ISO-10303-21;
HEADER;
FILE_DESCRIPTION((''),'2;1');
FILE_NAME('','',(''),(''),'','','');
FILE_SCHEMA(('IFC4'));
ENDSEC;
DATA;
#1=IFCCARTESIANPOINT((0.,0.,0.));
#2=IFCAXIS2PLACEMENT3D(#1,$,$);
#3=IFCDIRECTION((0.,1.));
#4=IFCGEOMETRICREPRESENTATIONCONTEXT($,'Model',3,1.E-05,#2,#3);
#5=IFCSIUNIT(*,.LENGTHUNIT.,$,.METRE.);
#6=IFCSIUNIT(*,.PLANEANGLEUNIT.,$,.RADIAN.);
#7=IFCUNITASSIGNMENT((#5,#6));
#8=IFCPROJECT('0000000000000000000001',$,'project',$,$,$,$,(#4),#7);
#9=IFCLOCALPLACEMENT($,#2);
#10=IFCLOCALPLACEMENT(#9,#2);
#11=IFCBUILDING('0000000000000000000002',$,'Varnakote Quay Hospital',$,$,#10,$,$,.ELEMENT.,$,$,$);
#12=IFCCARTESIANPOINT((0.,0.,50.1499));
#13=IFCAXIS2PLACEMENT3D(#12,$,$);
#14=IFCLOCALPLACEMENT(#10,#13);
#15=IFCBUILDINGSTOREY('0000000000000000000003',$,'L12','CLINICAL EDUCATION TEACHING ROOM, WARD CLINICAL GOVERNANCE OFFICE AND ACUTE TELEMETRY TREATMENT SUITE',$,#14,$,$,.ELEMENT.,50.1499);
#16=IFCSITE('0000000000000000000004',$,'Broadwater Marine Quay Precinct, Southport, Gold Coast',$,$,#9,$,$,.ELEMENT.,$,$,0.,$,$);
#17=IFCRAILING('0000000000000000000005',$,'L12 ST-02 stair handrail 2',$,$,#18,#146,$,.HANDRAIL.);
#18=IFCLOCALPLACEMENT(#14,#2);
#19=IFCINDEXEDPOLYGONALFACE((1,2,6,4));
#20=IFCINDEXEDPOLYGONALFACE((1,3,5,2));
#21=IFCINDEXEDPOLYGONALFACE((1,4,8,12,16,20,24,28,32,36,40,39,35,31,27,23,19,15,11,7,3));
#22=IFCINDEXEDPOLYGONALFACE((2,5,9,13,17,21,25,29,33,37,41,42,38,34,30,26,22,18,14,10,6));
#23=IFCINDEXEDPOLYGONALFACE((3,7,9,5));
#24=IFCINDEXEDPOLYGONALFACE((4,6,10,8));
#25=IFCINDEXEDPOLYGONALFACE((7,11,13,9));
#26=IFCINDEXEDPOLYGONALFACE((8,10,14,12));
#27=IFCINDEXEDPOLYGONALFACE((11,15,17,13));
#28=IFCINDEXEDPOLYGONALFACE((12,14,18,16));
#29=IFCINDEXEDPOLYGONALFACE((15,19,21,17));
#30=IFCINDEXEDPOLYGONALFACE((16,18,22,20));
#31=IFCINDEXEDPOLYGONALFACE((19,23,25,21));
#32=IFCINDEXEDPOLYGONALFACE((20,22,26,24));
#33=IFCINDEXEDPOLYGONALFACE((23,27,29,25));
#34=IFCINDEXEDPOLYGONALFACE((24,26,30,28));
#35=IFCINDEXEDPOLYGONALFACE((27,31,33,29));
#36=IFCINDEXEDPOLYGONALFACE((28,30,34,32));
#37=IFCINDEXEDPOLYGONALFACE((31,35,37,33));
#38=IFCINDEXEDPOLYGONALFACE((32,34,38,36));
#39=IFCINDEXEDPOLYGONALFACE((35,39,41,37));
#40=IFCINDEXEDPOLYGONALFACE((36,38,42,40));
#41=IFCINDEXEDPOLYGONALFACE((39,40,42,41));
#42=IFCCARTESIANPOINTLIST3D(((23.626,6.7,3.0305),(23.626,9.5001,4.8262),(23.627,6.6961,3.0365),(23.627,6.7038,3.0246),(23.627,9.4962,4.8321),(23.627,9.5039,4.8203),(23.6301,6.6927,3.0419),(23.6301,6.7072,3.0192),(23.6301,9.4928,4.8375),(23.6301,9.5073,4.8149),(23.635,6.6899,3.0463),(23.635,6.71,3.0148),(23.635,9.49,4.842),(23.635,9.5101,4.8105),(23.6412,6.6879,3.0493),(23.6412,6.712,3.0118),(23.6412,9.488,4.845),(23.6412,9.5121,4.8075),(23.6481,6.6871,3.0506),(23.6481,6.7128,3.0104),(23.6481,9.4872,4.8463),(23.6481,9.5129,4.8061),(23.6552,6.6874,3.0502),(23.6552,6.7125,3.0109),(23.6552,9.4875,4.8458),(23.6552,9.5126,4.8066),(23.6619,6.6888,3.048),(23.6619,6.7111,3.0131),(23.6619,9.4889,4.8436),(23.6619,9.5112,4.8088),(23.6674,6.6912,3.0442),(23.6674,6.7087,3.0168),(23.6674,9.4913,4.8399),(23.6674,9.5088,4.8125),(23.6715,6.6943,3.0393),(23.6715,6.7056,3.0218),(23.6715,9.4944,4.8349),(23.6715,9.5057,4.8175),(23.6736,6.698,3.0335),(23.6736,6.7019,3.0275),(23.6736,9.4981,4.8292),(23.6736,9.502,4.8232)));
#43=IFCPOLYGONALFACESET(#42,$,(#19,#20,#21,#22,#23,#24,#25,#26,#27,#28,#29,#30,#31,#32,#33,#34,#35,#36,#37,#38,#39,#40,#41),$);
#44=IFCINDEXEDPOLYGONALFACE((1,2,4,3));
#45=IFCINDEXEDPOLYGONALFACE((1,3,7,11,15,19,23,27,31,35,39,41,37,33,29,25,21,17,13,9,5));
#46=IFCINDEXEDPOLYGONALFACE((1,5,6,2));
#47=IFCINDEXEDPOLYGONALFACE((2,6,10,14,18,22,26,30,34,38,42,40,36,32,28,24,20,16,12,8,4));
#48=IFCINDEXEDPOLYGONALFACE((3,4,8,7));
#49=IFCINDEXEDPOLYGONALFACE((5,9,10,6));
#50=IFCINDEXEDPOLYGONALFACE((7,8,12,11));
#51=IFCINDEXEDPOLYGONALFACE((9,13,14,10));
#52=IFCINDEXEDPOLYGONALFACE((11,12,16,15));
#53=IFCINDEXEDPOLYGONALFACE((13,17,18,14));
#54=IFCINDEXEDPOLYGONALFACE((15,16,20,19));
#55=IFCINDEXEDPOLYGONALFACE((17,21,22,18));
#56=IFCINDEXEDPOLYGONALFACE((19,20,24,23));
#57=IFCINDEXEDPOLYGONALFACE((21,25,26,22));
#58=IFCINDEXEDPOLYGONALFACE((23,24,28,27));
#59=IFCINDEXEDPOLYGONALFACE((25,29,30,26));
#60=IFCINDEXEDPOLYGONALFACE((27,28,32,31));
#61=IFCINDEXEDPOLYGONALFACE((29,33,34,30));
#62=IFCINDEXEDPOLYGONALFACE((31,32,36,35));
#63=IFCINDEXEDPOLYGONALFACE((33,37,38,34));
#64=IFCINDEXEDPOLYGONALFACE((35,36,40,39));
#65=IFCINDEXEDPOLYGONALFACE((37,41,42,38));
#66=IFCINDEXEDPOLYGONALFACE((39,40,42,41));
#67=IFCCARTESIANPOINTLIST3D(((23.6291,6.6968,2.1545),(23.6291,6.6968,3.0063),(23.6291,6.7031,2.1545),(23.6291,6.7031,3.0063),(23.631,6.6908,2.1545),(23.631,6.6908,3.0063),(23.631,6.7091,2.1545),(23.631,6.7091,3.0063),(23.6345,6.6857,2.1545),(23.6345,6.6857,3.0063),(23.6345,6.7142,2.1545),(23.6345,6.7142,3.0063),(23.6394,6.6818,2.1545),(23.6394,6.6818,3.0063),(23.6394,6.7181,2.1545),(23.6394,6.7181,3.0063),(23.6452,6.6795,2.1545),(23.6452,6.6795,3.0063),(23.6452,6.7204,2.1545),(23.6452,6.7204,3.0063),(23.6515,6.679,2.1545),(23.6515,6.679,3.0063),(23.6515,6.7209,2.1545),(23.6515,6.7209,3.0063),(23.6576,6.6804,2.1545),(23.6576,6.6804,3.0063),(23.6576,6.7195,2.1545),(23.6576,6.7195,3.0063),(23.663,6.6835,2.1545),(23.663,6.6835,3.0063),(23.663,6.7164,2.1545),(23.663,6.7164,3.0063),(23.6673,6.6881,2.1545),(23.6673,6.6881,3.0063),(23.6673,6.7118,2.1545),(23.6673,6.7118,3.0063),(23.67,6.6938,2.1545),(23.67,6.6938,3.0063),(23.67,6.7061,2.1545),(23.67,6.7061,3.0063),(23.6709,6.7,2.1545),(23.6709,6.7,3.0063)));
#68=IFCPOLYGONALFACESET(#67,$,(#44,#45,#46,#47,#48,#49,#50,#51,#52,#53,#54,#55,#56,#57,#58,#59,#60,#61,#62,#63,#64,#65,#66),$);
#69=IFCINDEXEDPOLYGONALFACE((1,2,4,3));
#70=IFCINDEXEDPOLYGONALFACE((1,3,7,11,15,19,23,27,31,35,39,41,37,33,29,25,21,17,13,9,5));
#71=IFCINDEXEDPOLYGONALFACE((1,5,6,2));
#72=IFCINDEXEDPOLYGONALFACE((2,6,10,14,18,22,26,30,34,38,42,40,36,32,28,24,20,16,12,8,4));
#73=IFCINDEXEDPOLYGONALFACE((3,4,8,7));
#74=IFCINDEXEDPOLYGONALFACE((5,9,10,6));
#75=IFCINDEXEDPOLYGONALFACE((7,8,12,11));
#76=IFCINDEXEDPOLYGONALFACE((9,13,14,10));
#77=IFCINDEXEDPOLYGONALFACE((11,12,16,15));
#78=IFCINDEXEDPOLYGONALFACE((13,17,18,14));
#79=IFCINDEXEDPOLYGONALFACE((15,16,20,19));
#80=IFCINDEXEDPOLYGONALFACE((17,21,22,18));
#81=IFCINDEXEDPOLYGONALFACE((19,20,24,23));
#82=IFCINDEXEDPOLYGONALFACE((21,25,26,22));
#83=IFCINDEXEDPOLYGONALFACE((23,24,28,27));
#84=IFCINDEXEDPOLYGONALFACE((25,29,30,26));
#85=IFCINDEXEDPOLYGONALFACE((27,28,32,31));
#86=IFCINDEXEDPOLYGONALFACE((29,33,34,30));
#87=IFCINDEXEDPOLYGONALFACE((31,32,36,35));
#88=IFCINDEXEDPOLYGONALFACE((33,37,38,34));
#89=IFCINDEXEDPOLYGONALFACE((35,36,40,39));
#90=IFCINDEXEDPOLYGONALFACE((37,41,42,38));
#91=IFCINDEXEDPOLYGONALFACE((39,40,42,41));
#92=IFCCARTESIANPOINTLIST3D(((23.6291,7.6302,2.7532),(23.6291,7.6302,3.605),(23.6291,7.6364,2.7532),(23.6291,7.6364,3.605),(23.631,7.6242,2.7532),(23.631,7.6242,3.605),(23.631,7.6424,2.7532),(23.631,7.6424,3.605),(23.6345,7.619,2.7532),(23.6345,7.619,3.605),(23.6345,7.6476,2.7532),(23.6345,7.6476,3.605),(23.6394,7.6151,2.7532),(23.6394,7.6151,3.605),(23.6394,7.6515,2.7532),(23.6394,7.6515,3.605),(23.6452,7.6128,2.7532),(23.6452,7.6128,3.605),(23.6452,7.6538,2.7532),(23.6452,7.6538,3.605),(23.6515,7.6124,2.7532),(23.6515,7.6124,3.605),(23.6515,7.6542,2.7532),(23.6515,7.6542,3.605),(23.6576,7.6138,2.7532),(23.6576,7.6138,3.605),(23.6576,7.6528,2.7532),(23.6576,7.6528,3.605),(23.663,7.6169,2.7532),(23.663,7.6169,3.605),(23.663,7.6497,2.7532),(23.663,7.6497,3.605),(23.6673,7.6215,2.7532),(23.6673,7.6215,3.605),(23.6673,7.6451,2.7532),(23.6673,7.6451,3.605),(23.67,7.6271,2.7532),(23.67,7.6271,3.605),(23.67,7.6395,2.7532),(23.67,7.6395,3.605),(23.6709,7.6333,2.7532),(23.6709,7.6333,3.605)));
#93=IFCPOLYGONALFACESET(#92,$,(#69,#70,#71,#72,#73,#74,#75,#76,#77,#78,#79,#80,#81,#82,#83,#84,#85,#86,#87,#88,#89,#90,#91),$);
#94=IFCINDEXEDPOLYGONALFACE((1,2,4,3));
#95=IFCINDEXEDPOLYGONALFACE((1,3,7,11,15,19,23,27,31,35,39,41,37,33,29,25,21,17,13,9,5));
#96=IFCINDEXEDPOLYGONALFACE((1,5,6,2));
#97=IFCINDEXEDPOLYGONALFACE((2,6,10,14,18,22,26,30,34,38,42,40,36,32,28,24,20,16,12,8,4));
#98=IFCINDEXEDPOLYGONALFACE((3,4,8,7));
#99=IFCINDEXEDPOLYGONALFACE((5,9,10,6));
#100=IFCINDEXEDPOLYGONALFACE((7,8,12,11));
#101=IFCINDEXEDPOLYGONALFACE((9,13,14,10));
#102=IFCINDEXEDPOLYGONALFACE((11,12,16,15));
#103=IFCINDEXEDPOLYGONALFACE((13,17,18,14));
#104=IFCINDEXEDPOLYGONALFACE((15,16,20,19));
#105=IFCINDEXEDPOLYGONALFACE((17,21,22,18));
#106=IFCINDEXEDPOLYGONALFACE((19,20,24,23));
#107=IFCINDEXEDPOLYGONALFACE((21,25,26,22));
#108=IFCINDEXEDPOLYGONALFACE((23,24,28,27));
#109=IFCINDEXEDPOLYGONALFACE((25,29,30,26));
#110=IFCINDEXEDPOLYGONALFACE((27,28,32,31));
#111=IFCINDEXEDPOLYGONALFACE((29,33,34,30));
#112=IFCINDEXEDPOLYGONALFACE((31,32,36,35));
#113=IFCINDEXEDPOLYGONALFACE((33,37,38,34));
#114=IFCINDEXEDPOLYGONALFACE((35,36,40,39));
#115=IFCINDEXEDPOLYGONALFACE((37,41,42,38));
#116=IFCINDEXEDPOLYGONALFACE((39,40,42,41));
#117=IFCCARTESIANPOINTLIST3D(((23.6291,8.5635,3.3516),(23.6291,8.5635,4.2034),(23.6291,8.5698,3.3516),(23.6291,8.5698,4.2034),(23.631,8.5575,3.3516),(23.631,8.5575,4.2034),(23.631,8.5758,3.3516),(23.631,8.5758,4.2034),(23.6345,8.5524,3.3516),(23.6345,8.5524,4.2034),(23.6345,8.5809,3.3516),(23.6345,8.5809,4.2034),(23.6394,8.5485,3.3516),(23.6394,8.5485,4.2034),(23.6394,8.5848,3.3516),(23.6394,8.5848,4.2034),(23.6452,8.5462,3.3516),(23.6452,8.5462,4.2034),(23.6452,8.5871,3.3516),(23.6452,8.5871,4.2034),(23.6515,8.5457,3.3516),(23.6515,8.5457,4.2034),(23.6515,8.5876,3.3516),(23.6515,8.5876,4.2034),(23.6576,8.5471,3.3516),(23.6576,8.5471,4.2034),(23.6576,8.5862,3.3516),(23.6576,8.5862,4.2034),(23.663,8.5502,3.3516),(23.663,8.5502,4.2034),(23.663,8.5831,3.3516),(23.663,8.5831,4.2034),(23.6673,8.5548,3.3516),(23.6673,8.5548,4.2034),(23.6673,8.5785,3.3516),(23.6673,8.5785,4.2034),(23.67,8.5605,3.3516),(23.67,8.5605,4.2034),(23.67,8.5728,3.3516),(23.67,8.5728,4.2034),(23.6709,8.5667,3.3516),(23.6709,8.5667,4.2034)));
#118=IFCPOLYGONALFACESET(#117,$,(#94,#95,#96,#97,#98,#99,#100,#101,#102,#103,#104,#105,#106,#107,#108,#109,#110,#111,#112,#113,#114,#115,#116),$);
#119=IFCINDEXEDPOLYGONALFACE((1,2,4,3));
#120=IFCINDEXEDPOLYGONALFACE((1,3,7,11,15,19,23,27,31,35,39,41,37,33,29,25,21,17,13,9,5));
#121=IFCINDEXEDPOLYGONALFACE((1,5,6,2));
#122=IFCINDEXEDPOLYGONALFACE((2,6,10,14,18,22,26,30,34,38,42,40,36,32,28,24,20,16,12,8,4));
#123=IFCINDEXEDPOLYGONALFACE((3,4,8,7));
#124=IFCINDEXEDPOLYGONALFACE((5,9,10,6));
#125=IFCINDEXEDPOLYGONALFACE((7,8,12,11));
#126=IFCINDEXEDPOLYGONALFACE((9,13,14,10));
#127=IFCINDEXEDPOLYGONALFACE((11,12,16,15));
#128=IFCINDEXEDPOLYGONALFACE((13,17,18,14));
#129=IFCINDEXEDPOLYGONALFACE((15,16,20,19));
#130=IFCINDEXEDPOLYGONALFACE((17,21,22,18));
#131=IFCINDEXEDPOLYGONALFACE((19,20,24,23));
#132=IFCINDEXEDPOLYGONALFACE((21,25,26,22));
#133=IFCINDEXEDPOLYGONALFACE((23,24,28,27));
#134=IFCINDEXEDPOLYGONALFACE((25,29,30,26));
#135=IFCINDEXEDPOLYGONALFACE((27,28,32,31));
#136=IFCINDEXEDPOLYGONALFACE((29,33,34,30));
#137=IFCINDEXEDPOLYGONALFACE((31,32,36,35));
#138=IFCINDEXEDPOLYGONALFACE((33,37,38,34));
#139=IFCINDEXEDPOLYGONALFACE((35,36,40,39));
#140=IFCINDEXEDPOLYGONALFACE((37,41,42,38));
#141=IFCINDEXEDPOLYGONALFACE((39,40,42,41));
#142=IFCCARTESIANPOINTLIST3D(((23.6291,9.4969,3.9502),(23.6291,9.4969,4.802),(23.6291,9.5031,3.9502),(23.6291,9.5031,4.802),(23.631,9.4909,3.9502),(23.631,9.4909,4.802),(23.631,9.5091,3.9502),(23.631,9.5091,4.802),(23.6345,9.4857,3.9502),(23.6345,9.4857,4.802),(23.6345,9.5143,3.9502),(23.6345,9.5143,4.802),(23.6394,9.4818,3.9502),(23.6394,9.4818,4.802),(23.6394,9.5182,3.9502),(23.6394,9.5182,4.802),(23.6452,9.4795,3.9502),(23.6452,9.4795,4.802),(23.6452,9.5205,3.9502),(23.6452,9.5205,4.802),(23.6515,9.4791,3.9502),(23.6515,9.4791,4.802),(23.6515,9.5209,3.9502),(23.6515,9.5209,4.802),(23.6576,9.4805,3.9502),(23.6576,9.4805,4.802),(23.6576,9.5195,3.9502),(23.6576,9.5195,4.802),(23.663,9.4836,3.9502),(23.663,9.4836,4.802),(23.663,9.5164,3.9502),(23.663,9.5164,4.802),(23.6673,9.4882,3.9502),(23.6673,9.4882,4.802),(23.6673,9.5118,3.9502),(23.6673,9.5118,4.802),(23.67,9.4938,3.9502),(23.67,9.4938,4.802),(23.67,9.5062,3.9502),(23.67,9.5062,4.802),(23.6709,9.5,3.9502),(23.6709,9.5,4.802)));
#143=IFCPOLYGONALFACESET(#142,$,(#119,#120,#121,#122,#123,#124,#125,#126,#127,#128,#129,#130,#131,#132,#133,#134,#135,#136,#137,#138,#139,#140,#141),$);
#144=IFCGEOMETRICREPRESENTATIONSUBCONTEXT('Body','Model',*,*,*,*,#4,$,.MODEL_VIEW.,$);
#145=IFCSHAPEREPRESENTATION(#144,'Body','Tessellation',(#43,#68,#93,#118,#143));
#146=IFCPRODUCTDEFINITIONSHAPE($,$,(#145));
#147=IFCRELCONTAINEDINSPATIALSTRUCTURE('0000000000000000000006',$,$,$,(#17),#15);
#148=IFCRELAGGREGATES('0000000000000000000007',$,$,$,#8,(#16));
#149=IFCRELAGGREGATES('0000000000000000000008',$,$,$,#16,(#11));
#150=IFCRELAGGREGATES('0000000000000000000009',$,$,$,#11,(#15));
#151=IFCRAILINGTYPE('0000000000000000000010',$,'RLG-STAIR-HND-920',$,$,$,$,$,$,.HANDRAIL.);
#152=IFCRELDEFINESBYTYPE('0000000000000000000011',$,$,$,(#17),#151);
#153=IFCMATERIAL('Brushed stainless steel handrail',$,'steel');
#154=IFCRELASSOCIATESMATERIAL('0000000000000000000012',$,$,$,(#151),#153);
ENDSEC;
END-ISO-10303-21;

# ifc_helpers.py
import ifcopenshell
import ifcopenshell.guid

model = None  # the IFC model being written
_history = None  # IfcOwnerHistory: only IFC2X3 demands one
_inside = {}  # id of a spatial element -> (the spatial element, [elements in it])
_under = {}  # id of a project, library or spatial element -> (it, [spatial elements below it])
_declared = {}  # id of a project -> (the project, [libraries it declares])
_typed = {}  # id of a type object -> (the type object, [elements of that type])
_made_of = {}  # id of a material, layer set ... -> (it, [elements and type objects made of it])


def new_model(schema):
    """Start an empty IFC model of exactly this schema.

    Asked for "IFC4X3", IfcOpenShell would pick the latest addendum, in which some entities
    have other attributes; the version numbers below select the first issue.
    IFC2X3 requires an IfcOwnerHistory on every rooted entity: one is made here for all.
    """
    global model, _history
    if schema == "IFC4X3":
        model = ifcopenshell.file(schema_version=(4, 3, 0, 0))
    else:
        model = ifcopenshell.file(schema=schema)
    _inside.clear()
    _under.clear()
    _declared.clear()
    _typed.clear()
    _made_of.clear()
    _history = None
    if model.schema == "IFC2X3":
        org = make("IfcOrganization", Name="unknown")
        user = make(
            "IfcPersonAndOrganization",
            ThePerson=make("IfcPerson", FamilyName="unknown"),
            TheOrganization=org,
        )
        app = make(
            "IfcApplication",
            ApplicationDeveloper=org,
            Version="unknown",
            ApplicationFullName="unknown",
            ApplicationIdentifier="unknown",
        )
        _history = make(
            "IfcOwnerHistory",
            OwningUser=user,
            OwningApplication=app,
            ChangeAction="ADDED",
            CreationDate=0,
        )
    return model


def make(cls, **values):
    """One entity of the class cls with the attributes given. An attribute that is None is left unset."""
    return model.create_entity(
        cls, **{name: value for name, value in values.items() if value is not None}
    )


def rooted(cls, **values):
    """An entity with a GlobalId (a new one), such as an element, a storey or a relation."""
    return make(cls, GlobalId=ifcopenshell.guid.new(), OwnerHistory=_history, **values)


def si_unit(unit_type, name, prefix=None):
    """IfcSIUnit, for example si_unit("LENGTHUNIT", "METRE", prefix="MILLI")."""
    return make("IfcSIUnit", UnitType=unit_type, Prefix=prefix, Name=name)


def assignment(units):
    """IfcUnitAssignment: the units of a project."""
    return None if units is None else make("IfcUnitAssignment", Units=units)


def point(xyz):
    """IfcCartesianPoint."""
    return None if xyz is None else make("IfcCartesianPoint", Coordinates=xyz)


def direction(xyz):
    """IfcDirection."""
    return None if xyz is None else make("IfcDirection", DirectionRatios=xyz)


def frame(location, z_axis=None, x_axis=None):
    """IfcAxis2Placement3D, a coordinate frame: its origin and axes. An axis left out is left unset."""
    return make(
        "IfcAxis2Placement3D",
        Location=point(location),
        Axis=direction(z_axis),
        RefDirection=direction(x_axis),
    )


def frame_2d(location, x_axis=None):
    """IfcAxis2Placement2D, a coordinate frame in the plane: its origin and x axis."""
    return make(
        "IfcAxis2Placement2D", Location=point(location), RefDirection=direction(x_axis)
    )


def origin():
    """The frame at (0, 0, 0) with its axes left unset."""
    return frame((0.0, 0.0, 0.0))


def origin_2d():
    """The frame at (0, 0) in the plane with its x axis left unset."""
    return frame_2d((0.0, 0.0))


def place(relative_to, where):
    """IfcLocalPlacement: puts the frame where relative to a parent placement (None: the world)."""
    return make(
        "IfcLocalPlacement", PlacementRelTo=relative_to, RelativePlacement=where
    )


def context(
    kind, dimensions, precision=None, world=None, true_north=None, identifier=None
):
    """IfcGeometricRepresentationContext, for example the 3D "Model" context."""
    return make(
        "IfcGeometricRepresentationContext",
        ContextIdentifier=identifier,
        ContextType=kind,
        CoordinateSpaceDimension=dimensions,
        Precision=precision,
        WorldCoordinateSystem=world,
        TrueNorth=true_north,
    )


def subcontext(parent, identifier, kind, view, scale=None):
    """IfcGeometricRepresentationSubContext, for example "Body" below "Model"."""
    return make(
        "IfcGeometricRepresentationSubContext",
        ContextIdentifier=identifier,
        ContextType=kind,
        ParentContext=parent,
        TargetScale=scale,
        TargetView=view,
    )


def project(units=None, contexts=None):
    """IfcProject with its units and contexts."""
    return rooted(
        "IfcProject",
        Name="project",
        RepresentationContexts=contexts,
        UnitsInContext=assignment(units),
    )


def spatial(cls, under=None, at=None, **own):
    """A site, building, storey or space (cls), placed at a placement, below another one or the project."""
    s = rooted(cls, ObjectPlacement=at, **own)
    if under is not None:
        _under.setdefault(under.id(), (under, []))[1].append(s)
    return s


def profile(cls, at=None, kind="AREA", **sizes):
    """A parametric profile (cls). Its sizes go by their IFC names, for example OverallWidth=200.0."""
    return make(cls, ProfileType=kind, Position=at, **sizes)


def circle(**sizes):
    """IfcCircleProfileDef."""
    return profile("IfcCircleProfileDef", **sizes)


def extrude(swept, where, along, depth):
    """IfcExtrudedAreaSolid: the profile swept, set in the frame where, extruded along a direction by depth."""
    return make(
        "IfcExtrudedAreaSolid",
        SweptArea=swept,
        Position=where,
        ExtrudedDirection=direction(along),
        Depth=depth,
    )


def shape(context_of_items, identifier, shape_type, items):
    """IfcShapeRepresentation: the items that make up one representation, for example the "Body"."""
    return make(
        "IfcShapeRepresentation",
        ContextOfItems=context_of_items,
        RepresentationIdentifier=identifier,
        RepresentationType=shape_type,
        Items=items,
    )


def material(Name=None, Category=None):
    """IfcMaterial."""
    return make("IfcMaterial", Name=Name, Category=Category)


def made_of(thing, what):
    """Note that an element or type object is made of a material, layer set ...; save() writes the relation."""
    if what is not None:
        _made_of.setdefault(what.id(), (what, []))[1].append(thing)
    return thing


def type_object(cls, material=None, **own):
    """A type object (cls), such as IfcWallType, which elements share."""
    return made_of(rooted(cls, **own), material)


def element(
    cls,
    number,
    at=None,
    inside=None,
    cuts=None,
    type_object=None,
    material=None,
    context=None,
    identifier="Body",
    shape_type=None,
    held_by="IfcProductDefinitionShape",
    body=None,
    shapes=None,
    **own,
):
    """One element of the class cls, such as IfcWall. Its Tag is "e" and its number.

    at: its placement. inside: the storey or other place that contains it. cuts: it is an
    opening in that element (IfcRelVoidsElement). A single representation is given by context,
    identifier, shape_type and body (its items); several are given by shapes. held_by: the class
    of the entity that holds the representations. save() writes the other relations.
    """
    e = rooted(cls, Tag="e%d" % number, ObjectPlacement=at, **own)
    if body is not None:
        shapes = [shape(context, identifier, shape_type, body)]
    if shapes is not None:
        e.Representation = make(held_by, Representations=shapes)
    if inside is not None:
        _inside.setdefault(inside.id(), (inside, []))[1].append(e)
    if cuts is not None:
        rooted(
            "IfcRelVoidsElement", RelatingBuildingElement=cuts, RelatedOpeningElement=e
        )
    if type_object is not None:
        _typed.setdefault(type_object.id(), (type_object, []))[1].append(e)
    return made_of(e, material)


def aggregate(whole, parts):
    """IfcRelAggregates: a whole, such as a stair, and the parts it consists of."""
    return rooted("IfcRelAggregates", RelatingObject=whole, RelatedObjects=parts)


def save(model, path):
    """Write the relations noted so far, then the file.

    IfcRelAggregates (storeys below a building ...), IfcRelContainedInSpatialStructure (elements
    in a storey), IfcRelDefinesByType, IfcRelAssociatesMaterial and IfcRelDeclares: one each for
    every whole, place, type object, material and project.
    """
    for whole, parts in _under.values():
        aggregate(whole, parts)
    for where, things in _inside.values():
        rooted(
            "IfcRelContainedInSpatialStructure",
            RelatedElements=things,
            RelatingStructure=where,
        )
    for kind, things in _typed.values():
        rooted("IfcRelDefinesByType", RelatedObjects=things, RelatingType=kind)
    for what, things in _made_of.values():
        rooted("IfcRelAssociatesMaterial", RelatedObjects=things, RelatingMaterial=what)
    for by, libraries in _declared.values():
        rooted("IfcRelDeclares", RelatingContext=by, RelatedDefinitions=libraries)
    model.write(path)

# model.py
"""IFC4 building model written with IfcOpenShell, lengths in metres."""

from ifc_helpers import new_model, si_unit, direction, frame, origin, origin_2d, place, context, subcontext, project, spatial, circle, extrude, material, type_object, element, save


model = new_model("IFC4")

# Units and contexts
model_context = context("Model", 3, precision=1e-05, world=origin(), true_north=direction((0.0, 1.0)))
body_context = subcontext(model_context, "Body", "Model", "MODEL_VIEW")
ifc_project = project(units=[si_unit("LENGTHUNIT", "METRE"), si_unit("PLANEANGLEUNIT", "RADIAN")], contexts=[model_context])

# Site, building, storey
site_placement = place(None, origin())
site = spatial("IfcSite", under=ifc_project, at=site_placement, Name="Broadwater Marine Quay Precinct, Southport, Gold Coast", CompositionType="ELEMENT", RefElevation=0.0)
building_placement = place(site_placement, origin())
building = spatial("IfcBuilding", under=site, at=building_placement, Name="Varnakote Quay Hospital", CompositionType="ELEMENT")
storey_placement = place(building_placement, frame((0.0, 0.0, 50.1499)))
storey = spatial("IfcBuildingStorey", under=building, at=storey_placement, Name="L12", Description="CLINICAL EDUCATION TEACHING ROOM, WARD CLINICAL GOVERNANCE OFFICE AND ACUTE TELEMETRY TREATMENT SUITE", CompositionType="ELEMENT", Elevation=50.1499)

# Railing
ifc_material_1 = material(Name="Brushed stainless steel handrail", Category="steel")
railing_type_1 = type_object("IfcRailingType", Name="RLG-STAIR-HND-920", PredefinedType="HANDRAIL", material=ifc_material_1)
railing_1_placement = place(storey_placement, frame((23.6499, 6.7, 2.1545)))
element("IfcRailing", 1, at=railing_1_placement, inside=storey, type_object=railing_type_1, Name="L12 ST-02 stair handrail 2", PredefinedType="HANDRAIL", context=body_context, shape_type="SweptSolid", body=[
    extrude(circle(Radius=0.0239, at=origin_2d()), frame((0.0, 0.0, 0.876), z_axis=(0.0, 0.841777, 0.539826), x_axis=(-1.0, 0.0, 0.0)), (0.0, 0.0, 1.0), 3.3264),
    extrude(circle(Radius=0.021, at=origin_2d()), origin(), (0.0, 0.0, 1.0), 0.8518),
    extrude(circle(Radius=0.021, at=origin_2d()), frame((0.0, 0.9333, 0.5986)), (0.0, 0.0, 1.0), 0.8518),
    extrude(circle(Radius=0.021, at=origin_2d()), frame((0.0, 1.8667, 1.197)), (0.0, 0.0, 1.0), 0.8518),
    extrude(circle(Radius=0.021, at=origin_2d()), frame((0.0, 2.8, 1.7957)), (0.0, 0.0, 1.0), 0.8518),
])

save(model, "model.ifc")
